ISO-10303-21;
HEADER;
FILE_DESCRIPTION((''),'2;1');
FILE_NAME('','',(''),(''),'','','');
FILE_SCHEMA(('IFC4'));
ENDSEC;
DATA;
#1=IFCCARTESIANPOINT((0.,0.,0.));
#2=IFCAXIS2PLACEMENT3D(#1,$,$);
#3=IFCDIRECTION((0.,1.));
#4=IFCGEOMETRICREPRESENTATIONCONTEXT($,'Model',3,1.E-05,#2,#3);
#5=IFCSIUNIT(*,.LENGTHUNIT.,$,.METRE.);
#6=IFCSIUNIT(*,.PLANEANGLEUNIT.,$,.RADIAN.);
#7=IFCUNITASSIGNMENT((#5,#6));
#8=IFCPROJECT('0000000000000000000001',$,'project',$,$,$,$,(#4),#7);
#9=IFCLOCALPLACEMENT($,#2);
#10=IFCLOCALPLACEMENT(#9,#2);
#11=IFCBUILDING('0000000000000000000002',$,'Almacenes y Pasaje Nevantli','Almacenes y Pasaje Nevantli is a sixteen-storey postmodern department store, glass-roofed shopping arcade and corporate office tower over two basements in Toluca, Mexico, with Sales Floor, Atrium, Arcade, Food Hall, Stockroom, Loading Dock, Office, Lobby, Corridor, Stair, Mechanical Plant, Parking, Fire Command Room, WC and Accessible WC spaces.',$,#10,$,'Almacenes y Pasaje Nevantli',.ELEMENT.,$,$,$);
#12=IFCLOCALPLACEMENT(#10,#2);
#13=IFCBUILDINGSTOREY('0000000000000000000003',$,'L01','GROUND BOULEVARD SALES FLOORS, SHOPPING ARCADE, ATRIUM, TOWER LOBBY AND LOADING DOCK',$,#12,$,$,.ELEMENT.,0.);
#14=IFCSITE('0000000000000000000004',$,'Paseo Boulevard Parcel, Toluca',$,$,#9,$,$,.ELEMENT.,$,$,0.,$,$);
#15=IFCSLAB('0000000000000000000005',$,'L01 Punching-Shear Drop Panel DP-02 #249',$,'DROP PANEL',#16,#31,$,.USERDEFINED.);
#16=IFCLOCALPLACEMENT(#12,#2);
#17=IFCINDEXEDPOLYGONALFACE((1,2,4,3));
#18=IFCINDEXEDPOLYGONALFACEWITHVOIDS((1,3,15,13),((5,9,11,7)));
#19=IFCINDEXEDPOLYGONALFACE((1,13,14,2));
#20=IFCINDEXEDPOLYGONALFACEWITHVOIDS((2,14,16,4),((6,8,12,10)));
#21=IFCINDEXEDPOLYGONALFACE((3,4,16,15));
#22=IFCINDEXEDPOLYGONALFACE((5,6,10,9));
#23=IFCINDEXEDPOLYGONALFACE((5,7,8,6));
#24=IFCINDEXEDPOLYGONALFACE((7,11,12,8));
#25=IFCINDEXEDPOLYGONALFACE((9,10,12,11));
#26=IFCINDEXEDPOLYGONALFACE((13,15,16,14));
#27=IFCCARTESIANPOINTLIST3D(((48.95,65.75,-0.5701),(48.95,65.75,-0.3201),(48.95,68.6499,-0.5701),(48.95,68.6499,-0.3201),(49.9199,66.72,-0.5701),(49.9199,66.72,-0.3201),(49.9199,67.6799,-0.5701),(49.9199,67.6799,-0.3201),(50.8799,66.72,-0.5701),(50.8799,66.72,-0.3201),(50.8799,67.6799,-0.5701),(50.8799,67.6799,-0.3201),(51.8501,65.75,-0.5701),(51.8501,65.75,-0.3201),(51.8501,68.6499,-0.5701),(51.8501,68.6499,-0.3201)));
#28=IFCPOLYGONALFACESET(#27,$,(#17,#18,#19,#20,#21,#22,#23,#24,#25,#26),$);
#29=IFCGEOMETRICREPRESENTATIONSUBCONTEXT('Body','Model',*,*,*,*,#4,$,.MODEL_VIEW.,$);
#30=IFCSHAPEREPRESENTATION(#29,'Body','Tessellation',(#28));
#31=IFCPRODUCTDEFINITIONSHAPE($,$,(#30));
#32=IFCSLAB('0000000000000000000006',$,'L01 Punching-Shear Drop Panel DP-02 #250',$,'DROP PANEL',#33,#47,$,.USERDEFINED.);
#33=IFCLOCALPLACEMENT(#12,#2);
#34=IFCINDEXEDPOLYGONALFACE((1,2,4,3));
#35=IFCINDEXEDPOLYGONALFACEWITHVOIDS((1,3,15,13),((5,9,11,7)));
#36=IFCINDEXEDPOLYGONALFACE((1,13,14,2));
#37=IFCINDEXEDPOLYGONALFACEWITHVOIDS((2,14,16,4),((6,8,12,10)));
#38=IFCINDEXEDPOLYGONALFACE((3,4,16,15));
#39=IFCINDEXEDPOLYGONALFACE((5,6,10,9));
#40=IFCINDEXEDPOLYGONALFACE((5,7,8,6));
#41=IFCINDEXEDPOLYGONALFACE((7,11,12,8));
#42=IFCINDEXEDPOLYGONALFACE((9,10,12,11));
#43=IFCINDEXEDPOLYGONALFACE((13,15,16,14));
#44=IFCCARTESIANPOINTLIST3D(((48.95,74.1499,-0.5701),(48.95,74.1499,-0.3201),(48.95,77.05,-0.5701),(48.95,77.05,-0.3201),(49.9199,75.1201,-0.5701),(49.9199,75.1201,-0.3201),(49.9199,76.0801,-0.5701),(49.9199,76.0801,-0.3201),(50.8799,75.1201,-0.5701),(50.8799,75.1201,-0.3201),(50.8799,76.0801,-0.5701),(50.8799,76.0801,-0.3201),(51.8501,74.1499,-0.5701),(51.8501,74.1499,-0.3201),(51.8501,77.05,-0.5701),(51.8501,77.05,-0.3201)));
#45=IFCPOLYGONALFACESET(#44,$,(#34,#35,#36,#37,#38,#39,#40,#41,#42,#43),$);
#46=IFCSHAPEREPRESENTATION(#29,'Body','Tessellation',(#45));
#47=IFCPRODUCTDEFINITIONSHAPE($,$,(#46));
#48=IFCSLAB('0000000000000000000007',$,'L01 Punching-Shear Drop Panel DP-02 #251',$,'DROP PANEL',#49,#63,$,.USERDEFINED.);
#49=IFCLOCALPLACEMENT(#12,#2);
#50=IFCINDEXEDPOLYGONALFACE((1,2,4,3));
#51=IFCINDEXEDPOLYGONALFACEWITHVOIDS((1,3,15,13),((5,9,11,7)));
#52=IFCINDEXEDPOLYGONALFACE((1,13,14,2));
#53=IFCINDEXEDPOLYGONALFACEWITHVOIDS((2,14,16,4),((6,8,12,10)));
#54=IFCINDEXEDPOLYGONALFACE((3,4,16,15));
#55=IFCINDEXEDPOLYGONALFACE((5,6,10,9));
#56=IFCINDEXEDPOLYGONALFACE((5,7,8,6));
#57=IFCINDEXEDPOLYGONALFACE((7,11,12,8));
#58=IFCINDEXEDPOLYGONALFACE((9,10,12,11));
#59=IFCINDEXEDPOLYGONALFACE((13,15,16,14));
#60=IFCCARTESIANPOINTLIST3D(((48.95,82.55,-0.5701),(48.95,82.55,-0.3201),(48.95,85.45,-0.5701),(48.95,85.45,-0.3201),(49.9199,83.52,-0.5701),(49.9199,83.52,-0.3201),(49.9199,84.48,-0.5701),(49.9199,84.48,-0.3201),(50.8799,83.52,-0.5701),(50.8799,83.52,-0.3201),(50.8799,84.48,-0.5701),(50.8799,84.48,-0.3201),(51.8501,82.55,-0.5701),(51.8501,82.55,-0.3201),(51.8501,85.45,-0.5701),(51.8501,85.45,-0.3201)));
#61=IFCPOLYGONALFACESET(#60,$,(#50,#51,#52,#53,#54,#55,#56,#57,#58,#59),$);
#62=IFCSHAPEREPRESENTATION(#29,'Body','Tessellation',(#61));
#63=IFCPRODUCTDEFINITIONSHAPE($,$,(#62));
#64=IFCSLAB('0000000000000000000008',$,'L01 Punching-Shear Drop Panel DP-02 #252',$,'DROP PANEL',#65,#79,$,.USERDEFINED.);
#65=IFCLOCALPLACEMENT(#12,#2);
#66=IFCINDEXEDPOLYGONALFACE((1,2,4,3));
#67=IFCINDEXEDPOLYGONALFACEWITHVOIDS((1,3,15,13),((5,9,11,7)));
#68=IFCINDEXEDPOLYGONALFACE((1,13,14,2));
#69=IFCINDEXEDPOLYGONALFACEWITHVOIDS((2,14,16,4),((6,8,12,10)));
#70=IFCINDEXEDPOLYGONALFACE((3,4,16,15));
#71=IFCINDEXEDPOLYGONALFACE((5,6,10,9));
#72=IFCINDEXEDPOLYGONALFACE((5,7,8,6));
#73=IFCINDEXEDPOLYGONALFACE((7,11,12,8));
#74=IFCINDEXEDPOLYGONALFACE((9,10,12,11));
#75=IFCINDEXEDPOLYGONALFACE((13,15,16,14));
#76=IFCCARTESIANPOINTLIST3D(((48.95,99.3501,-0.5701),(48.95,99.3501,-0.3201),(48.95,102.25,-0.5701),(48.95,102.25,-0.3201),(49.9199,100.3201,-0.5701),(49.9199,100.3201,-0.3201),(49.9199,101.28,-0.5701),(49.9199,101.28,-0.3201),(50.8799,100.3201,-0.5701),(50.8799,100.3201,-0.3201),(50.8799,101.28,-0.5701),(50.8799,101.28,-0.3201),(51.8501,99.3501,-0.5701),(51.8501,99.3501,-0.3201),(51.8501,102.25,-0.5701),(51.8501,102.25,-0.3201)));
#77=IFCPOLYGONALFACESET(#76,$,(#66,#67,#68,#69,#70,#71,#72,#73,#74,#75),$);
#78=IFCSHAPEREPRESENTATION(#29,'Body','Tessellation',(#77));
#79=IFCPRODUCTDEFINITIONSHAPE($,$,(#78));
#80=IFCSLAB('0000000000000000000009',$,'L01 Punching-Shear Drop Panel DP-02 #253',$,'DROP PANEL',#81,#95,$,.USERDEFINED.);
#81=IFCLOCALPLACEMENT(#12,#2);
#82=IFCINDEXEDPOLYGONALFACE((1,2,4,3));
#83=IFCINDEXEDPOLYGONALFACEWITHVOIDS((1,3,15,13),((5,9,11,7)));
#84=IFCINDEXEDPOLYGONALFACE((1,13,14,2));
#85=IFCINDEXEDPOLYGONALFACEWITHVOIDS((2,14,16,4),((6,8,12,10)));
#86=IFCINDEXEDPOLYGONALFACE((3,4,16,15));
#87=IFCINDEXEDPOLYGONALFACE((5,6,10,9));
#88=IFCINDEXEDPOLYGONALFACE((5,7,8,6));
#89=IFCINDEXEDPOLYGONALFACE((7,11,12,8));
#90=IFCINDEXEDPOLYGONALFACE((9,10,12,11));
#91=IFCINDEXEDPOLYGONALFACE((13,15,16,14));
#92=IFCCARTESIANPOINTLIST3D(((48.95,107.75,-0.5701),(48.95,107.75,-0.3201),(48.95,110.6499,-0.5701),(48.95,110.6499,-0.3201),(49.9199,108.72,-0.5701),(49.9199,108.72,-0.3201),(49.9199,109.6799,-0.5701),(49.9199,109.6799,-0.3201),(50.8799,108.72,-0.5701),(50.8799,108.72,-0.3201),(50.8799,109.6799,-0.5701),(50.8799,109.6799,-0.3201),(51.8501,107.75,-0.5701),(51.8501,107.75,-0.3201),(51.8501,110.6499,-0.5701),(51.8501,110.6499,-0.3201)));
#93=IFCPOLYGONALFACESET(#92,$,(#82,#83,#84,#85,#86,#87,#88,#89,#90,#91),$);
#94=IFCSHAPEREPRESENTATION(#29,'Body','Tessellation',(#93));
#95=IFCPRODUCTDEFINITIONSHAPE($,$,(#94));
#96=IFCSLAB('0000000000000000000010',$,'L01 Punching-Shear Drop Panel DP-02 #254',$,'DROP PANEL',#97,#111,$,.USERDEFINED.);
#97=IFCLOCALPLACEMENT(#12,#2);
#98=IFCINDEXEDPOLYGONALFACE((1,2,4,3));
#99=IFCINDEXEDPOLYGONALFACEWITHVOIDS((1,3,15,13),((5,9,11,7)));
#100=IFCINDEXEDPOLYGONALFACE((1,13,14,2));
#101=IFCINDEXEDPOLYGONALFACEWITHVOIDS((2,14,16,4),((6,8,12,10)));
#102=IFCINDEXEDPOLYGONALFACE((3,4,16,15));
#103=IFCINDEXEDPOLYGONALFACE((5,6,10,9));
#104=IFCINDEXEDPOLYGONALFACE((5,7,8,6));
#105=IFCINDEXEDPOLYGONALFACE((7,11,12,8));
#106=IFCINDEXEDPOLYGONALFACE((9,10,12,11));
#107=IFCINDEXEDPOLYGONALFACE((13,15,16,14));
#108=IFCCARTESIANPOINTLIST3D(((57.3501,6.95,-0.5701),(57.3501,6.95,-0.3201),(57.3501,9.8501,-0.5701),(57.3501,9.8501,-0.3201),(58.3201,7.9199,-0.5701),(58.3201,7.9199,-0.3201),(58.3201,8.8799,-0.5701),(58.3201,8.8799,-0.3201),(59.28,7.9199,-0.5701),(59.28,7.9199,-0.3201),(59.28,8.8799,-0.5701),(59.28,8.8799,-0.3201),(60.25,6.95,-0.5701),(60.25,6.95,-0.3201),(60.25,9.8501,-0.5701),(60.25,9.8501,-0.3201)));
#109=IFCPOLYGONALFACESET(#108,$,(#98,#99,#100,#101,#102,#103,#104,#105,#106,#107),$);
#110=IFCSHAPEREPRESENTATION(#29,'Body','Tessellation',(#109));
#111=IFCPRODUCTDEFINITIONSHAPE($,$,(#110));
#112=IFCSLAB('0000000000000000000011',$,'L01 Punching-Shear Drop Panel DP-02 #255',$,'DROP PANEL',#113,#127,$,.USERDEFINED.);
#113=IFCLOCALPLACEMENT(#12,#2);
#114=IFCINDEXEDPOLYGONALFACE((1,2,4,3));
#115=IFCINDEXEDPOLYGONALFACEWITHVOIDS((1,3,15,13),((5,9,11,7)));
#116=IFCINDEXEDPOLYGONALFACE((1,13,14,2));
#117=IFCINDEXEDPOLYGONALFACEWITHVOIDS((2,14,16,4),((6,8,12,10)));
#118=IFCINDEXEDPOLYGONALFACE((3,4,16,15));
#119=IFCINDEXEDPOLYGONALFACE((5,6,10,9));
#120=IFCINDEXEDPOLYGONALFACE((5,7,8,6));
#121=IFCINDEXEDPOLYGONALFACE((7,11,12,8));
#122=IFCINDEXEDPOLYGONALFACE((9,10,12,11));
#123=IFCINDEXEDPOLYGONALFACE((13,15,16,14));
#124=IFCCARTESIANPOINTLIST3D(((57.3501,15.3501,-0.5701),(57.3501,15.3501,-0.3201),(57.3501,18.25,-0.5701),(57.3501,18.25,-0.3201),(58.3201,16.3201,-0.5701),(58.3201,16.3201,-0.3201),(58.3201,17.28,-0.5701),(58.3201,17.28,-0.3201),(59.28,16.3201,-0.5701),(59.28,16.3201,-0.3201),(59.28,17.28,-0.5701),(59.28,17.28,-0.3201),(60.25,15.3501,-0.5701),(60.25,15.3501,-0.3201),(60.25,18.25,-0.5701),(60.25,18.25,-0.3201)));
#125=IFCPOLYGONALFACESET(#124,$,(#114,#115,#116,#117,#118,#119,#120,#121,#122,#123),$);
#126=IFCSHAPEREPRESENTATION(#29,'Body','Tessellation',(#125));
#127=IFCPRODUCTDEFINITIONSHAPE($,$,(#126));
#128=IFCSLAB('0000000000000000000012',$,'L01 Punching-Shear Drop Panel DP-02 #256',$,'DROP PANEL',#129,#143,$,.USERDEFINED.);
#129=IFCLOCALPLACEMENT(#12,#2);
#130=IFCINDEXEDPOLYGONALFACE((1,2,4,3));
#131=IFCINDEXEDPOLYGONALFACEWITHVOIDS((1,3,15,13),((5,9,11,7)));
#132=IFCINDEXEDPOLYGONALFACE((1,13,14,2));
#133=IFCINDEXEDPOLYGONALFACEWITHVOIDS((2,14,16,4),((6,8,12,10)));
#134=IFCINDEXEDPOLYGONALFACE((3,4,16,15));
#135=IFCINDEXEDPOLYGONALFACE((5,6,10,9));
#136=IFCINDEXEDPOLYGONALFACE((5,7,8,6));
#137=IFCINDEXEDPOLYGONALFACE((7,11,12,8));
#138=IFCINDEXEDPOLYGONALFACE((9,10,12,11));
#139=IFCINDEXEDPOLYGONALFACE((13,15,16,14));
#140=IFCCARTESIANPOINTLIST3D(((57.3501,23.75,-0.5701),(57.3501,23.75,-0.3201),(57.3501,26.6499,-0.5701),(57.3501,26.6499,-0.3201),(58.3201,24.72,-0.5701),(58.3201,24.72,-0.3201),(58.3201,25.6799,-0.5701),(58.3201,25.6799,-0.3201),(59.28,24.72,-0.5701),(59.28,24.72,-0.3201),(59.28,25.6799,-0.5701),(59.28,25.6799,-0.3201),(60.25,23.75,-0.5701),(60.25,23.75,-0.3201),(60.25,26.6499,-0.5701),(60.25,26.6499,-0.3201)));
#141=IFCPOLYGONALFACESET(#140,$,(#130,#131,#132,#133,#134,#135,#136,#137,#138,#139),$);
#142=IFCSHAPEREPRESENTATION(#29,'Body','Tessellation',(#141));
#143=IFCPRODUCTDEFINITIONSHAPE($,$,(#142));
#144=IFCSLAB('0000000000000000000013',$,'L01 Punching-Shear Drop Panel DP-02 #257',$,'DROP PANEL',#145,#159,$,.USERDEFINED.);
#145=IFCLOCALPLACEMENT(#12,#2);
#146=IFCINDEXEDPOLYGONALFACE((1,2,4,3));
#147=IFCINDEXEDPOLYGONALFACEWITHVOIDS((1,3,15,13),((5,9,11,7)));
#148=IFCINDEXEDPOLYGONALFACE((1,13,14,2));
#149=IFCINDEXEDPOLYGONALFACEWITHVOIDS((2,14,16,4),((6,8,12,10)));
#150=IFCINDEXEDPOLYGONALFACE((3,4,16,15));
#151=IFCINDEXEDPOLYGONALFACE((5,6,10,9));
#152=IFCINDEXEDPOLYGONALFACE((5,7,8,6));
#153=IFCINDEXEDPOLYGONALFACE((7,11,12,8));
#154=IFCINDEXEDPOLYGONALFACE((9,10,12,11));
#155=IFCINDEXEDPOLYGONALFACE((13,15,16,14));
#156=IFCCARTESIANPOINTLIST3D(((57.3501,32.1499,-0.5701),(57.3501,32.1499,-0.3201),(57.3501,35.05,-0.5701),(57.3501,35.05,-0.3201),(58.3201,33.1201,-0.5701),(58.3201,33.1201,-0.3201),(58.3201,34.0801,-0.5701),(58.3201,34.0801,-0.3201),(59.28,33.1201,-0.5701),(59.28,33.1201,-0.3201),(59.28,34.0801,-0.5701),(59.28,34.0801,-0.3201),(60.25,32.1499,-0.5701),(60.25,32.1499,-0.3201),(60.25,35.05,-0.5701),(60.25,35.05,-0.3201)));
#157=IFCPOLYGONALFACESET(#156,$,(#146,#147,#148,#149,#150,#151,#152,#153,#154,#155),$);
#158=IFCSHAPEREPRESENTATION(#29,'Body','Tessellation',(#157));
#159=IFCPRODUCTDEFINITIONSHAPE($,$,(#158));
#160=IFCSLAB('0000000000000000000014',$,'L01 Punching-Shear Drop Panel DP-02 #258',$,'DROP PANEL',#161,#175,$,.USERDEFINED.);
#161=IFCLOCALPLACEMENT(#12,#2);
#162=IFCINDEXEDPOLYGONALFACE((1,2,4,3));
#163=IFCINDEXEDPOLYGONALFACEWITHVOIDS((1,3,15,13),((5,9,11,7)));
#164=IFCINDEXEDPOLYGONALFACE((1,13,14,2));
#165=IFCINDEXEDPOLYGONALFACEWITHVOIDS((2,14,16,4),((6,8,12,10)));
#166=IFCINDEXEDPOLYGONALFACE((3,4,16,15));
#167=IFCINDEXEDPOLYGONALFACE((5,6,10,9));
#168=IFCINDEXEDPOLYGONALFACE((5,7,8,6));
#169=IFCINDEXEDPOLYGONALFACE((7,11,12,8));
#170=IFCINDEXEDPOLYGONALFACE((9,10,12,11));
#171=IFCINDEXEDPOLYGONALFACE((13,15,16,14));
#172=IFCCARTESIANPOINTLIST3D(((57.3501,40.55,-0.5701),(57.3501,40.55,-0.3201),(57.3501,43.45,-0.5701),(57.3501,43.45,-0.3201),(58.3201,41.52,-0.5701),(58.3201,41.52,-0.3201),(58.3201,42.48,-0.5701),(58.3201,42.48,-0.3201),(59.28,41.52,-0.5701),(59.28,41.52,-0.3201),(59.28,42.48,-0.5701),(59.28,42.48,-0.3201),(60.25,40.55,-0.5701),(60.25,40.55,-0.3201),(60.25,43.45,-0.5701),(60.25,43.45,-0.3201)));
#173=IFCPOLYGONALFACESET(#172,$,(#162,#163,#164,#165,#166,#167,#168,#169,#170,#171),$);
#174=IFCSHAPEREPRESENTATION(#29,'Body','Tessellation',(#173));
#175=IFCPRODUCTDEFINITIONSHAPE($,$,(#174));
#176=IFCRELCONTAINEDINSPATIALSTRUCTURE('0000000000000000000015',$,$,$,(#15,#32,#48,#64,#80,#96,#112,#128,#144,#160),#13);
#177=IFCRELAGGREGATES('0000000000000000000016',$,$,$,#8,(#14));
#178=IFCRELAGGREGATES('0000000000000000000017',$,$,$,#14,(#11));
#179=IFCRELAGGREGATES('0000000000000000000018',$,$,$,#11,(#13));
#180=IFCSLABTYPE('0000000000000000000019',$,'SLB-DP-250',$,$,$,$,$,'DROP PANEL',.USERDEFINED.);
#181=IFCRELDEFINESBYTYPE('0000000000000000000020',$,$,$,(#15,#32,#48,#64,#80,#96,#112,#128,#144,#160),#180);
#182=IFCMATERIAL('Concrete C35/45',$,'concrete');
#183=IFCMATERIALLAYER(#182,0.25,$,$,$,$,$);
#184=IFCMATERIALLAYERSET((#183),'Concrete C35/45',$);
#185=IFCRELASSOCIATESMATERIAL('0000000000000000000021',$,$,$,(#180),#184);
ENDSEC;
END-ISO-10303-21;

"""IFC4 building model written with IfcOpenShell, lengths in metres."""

from ifc_helpers import new_model, si_unit, direction, frame, origin, place, context, subcontext, project, spatial, polyline, outline, extrude, material, layer, layer_set, type_object, element, save


model = new_model("IFC4")

# Units and contexts
model_context = context("Model", 3, precision=1e-05, world=origin(), true_north=direction((0.0, 1.0)))
body_context = subcontext(model_context, "Body", "Model", "MODEL_VIEW")
ifc_project = project(units=[si_unit("LENGTHUNIT", "METRE"), si_unit("PLANEANGLEUNIT", "RADIAN")], contexts=[model_context])

# Site, building, storey
site_placement = place(None, origin())
site = spatial("IfcSite", under=ifc_project, at=site_placement, Name="Paseo Boulevard Parcel, Toluca", CompositionType="ELEMENT", RefElevation=0.0)
building_placement = place(site_placement, origin())
building = spatial("IfcBuilding", under=site, at=building_placement, Name="Almacenes y Pasaje Nevantli", Description="Almacenes y Pasaje Nevantli is a sixteen-storey postmodern department store, glass-roofed shopping arcade and corporate office tower over two basements in Toluca, Mexico, with Sales Floor, Atrium, Arcade, Food Hall, Stockroom, Loading Dock, Office, Lobby, Corridor, Stair, Mechanical Plant, Parking, Fire Command Room, WC and Accessible WC spaces.", LongName="Almacenes y Pasaje Nevantli", CompositionType="ELEMENT")
storey_placement = place(building_placement, origin())
storey = spatial("IfcBuildingStorey", under=building, at=storey_placement, Name="L01", Description="GROUND BOULEVARD SALES FLOORS, SHOPPING ARCADE, ATRIUM, TOWER LOBBY AND LOADING DOCK", CompositionType="ELEMENT", Elevation=0.0)

# Slabs
ifc_material = material(Name="Concrete C35/45", Category="concrete")
ifc_layer = layer(ifc_material, 0.25)
ifc_layer_set = layer_set([ifc_layer], Name="Concrete C35/45")
slab_type = type_object("IfcSlabType", Name="SLB-DP-250", ElementType="DROP PANEL", PredefinedType="USERDEFINED", material=ifc_layer_set)
slab_1_placement = place(storey_placement, frame((0.0, 0.0, -0.5701)))
element("IfcSlab", 1, at=slab_1_placement, inside=storey, type_object=slab_type, Name="L01 Punching-Shear Drop Panel DP-02 #249", ObjectType="DROP PANEL", PredefinedType="USERDEFINED", context=body_context, shape_type="SweptSolid", body=[
    extrude(outline(polyline([(48.95, 65.75), (51.8501, 65.75), (51.8501, 68.6499), (48.95, 68.6499), (48.95, 65.75)]), holes=[polyline([(49.9199, 66.72), (50.8799, 66.72), (50.8799, 67.6799), (49.9199, 67.6799), (49.9199, 66.72)])]), origin(), (0.0, 0.0, 1.0), 0.25),
])
slab_2_placement = place(storey_placement, frame((0.0, 0.0, -0.5701)))
element("IfcSlab", 2, at=slab_2_placement, inside=storey, type_object=slab_type, Name="L01 Punching-Shear Drop Panel DP-02 #250", ObjectType="DROP PANEL", PredefinedType="USERDEFINED", context=body_context, shape_type="SweptSolid", body=[
    extrude(outline(polyline([(48.95, 74.1499), (51.8501, 74.1499), (51.8501, 77.05), (48.95, 77.05), (48.95, 74.1499)]), holes=[polyline([(49.9199, 75.1201), (50.8799, 75.1201), (50.8799, 76.0801), (49.9199, 76.0801), (49.9199, 75.1201)])]), origin(), (0.0, 0.0, 1.0), 0.25),
])
slab_3_placement = place(storey_placement, frame((0.0, 0.0, -0.5701)))
element("IfcSlab", 3, at=slab_3_placement, inside=storey, type_object=slab_type, Name="L01 Punching-Shear Drop Panel DP-02 #251", ObjectType="DROP PANEL", PredefinedType="USERDEFINED", context=body_context, shape_type="SweptSolid", body=[
    extrude(outline(polyline([(48.95, 82.55), (51.8501, 82.55), (51.8501, 85.45), (48.95, 85.45), (48.95, 82.55)]), holes=[polyline([(49.9199, 83.52), (50.8799, 83.52), (50.8799, 84.48), (49.9199, 84.48), (49.9199, 83.52)])]), origin(), (0.0, 0.0, 1.0), 0.25),
])
slab_4_placement = place(storey_placement, frame((0.0, 0.0, -0.5701)))
element("IfcSlab", 4, at=slab_4_placement, inside=storey, type_object=slab_type, Name="L01 Punching-Shear Drop Panel DP-02 #252", ObjectType="DROP PANEL", PredefinedType="USERDEFINED", context=body_context, shape_type="SweptSolid", body=[
    extrude(outline(polyline([(48.95, 99.3501), (51.8501, 99.3501), (51.8501, 102.25), (48.95, 102.25), (48.95, 99.3501)]), holes=[polyline([(49.9199, 100.3201), (50.8799, 100.3201), (50.8799, 101.28), (49.9199, 101.28), (49.9199, 100.3201)])]), origin(), (0.0, 0.0, 1.0), 0.25),
])
slab_5_placement = place(storey_placement, frame((0.0, 0.0, -0.5701)))
element("IfcSlab", 5, at=slab_5_placement, inside=storey, type_object=slab_type, Name="L01 Punching-Shear Drop Panel DP-02 #253", ObjectType="DROP PANEL", PredefinedType="USERDEFINED", context=body_context, shape_type="SweptSolid", body=[
    extrude(outline(polyline([(48.95, 107.75), (51.8501, 107.75), (51.8501, 110.6499), (48.95, 110.6499), (48.95, 107.75)]), holes=[polyline([(49.9199, 108.72), (50.8799, 108.72), (50.8799, 109.6799), (49.9199, 109.6799), (49.9199, 108.72)])]), origin(), (0.0, 0.0, 1.0), 0.25),
])
slab_6_placement = place(storey_placement, frame((0.0, 0.0, -0.5701)))
element("IfcSlab", 6, at=slab_6_placement, inside=storey, type_object=slab_type, Name="L01 Punching-Shear Drop Panel DP-02 #254", ObjectType="DROP PANEL", PredefinedType="USERDEFINED", context=body_context, shape_type="SweptSolid", body=[
    extrude(outline(polyline([(57.3501, 6.95), (60.25, 6.95), (60.25, 9.8501), (57.3501, 9.8501), (57.3501, 6.95)]), holes=[polyline([(58.3201, 7.9199), (59.28, 7.9199), (59.28, 8.8799), (58.3201, 8.8799), (58.3201, 7.9199)])]), origin(), (0.0, 0.0, 1.0), 0.25),
])
slab_7_placement = place(storey_placement, frame((0.0, 0.0, -0.5701)))
element("IfcSlab", 7, at=slab_7_placement, inside=storey, type_object=slab_type, Name="L01 Punching-Shear Drop Panel DP-02 #255", ObjectType="DROP PANEL", PredefinedType="USERDEFINED", context=body_context, shape_type="SweptSolid", body=[
    extrude(outline(polyline([(57.3501, 15.3501), (60.25, 15.3501), (60.25, 18.25), (57.3501, 18.25), (57.3501, 15.3501)]), holes=[polyline([(58.3201, 16.3201), (59.28, 16.3201), (59.28, 17.28), (58.3201, 17.28), (58.3201, 16.3201)])]), origin(), (0.0, 0.0, 1.0), 0.25),
])
slab_8_placement = place(storey_placement, frame((0.0, 0.0, -0.5701)))
element("IfcSlab", 8, at=slab_8_placement, inside=storey, type_object=slab_type, Name="L01 Punching-Shear Drop Panel DP-02 #256", ObjectType="DROP PANEL", PredefinedType="USERDEFINED", context=body_context, shape_type="SweptSolid", body=[
    extrude(outline(polyline([(57.3501, 23.75), (60.25, 23.75), (60.25, 26.6499), (57.3501, 26.6499), (57.3501, 23.75)]), holes=[polyline([(58.3201, 24.72), (59.28, 24.72), (59.28, 25.6799), (58.3201, 25.6799), (58.3201, 24.72)])]), origin(), (0.0, 0.0, 1.0), 0.25),
])
slab_9_placement = place(storey_placement, frame((0.0, 0.0, -0.5701)))
element("IfcSlab", 9, at=slab_9_placement, inside=storey, type_object=slab_type, Name="L01 Punching-Shear Drop Panel DP-02 #257", ObjectType="DROP PANEL", PredefinedType="USERDEFINED", context=body_context, shape_type="SweptSolid", body=[
    extrude(outline(polyline([(57.3501, 32.1499), (60.25, 32.1499), (60.25, 35.05), (57.3501, 35.05), (57.3501, 32.1499)]), holes=[polyline([(58.3201, 33.1201), (59.28, 33.1201), (59.28, 34.0801), (58.3201, 34.0801), (58.3201, 33.1201)])]), origin(), (0.0, 0.0, 1.0), 0.25),
])
slab_10_placement = place(storey_placement, frame((0.0, 0.0, -0.5701)))
element("IfcSlab", 10, at=slab_10_placement, inside=storey, type_object=slab_type, Name="L01 Punching-Shear Drop Panel DP-02 #258", ObjectType="DROP PANEL", PredefinedType="USERDEFINED", context=body_context, shape_type="SweptSolid", body=[
    extrude(outline(polyline([(57.3501, 40.55), (60.25, 40.55), (60.25, 43.45), (57.3501, 43.45), (57.3501, 40.55)]), holes=[polyline([(58.3201, 41.52), (59.28, 41.52), (59.28, 42.48), (58.3201, 42.48), (58.3201, 41.52)])]), origin(), (0.0, 0.0, 1.0), 0.25),
])

save(model, "model.ifc")
